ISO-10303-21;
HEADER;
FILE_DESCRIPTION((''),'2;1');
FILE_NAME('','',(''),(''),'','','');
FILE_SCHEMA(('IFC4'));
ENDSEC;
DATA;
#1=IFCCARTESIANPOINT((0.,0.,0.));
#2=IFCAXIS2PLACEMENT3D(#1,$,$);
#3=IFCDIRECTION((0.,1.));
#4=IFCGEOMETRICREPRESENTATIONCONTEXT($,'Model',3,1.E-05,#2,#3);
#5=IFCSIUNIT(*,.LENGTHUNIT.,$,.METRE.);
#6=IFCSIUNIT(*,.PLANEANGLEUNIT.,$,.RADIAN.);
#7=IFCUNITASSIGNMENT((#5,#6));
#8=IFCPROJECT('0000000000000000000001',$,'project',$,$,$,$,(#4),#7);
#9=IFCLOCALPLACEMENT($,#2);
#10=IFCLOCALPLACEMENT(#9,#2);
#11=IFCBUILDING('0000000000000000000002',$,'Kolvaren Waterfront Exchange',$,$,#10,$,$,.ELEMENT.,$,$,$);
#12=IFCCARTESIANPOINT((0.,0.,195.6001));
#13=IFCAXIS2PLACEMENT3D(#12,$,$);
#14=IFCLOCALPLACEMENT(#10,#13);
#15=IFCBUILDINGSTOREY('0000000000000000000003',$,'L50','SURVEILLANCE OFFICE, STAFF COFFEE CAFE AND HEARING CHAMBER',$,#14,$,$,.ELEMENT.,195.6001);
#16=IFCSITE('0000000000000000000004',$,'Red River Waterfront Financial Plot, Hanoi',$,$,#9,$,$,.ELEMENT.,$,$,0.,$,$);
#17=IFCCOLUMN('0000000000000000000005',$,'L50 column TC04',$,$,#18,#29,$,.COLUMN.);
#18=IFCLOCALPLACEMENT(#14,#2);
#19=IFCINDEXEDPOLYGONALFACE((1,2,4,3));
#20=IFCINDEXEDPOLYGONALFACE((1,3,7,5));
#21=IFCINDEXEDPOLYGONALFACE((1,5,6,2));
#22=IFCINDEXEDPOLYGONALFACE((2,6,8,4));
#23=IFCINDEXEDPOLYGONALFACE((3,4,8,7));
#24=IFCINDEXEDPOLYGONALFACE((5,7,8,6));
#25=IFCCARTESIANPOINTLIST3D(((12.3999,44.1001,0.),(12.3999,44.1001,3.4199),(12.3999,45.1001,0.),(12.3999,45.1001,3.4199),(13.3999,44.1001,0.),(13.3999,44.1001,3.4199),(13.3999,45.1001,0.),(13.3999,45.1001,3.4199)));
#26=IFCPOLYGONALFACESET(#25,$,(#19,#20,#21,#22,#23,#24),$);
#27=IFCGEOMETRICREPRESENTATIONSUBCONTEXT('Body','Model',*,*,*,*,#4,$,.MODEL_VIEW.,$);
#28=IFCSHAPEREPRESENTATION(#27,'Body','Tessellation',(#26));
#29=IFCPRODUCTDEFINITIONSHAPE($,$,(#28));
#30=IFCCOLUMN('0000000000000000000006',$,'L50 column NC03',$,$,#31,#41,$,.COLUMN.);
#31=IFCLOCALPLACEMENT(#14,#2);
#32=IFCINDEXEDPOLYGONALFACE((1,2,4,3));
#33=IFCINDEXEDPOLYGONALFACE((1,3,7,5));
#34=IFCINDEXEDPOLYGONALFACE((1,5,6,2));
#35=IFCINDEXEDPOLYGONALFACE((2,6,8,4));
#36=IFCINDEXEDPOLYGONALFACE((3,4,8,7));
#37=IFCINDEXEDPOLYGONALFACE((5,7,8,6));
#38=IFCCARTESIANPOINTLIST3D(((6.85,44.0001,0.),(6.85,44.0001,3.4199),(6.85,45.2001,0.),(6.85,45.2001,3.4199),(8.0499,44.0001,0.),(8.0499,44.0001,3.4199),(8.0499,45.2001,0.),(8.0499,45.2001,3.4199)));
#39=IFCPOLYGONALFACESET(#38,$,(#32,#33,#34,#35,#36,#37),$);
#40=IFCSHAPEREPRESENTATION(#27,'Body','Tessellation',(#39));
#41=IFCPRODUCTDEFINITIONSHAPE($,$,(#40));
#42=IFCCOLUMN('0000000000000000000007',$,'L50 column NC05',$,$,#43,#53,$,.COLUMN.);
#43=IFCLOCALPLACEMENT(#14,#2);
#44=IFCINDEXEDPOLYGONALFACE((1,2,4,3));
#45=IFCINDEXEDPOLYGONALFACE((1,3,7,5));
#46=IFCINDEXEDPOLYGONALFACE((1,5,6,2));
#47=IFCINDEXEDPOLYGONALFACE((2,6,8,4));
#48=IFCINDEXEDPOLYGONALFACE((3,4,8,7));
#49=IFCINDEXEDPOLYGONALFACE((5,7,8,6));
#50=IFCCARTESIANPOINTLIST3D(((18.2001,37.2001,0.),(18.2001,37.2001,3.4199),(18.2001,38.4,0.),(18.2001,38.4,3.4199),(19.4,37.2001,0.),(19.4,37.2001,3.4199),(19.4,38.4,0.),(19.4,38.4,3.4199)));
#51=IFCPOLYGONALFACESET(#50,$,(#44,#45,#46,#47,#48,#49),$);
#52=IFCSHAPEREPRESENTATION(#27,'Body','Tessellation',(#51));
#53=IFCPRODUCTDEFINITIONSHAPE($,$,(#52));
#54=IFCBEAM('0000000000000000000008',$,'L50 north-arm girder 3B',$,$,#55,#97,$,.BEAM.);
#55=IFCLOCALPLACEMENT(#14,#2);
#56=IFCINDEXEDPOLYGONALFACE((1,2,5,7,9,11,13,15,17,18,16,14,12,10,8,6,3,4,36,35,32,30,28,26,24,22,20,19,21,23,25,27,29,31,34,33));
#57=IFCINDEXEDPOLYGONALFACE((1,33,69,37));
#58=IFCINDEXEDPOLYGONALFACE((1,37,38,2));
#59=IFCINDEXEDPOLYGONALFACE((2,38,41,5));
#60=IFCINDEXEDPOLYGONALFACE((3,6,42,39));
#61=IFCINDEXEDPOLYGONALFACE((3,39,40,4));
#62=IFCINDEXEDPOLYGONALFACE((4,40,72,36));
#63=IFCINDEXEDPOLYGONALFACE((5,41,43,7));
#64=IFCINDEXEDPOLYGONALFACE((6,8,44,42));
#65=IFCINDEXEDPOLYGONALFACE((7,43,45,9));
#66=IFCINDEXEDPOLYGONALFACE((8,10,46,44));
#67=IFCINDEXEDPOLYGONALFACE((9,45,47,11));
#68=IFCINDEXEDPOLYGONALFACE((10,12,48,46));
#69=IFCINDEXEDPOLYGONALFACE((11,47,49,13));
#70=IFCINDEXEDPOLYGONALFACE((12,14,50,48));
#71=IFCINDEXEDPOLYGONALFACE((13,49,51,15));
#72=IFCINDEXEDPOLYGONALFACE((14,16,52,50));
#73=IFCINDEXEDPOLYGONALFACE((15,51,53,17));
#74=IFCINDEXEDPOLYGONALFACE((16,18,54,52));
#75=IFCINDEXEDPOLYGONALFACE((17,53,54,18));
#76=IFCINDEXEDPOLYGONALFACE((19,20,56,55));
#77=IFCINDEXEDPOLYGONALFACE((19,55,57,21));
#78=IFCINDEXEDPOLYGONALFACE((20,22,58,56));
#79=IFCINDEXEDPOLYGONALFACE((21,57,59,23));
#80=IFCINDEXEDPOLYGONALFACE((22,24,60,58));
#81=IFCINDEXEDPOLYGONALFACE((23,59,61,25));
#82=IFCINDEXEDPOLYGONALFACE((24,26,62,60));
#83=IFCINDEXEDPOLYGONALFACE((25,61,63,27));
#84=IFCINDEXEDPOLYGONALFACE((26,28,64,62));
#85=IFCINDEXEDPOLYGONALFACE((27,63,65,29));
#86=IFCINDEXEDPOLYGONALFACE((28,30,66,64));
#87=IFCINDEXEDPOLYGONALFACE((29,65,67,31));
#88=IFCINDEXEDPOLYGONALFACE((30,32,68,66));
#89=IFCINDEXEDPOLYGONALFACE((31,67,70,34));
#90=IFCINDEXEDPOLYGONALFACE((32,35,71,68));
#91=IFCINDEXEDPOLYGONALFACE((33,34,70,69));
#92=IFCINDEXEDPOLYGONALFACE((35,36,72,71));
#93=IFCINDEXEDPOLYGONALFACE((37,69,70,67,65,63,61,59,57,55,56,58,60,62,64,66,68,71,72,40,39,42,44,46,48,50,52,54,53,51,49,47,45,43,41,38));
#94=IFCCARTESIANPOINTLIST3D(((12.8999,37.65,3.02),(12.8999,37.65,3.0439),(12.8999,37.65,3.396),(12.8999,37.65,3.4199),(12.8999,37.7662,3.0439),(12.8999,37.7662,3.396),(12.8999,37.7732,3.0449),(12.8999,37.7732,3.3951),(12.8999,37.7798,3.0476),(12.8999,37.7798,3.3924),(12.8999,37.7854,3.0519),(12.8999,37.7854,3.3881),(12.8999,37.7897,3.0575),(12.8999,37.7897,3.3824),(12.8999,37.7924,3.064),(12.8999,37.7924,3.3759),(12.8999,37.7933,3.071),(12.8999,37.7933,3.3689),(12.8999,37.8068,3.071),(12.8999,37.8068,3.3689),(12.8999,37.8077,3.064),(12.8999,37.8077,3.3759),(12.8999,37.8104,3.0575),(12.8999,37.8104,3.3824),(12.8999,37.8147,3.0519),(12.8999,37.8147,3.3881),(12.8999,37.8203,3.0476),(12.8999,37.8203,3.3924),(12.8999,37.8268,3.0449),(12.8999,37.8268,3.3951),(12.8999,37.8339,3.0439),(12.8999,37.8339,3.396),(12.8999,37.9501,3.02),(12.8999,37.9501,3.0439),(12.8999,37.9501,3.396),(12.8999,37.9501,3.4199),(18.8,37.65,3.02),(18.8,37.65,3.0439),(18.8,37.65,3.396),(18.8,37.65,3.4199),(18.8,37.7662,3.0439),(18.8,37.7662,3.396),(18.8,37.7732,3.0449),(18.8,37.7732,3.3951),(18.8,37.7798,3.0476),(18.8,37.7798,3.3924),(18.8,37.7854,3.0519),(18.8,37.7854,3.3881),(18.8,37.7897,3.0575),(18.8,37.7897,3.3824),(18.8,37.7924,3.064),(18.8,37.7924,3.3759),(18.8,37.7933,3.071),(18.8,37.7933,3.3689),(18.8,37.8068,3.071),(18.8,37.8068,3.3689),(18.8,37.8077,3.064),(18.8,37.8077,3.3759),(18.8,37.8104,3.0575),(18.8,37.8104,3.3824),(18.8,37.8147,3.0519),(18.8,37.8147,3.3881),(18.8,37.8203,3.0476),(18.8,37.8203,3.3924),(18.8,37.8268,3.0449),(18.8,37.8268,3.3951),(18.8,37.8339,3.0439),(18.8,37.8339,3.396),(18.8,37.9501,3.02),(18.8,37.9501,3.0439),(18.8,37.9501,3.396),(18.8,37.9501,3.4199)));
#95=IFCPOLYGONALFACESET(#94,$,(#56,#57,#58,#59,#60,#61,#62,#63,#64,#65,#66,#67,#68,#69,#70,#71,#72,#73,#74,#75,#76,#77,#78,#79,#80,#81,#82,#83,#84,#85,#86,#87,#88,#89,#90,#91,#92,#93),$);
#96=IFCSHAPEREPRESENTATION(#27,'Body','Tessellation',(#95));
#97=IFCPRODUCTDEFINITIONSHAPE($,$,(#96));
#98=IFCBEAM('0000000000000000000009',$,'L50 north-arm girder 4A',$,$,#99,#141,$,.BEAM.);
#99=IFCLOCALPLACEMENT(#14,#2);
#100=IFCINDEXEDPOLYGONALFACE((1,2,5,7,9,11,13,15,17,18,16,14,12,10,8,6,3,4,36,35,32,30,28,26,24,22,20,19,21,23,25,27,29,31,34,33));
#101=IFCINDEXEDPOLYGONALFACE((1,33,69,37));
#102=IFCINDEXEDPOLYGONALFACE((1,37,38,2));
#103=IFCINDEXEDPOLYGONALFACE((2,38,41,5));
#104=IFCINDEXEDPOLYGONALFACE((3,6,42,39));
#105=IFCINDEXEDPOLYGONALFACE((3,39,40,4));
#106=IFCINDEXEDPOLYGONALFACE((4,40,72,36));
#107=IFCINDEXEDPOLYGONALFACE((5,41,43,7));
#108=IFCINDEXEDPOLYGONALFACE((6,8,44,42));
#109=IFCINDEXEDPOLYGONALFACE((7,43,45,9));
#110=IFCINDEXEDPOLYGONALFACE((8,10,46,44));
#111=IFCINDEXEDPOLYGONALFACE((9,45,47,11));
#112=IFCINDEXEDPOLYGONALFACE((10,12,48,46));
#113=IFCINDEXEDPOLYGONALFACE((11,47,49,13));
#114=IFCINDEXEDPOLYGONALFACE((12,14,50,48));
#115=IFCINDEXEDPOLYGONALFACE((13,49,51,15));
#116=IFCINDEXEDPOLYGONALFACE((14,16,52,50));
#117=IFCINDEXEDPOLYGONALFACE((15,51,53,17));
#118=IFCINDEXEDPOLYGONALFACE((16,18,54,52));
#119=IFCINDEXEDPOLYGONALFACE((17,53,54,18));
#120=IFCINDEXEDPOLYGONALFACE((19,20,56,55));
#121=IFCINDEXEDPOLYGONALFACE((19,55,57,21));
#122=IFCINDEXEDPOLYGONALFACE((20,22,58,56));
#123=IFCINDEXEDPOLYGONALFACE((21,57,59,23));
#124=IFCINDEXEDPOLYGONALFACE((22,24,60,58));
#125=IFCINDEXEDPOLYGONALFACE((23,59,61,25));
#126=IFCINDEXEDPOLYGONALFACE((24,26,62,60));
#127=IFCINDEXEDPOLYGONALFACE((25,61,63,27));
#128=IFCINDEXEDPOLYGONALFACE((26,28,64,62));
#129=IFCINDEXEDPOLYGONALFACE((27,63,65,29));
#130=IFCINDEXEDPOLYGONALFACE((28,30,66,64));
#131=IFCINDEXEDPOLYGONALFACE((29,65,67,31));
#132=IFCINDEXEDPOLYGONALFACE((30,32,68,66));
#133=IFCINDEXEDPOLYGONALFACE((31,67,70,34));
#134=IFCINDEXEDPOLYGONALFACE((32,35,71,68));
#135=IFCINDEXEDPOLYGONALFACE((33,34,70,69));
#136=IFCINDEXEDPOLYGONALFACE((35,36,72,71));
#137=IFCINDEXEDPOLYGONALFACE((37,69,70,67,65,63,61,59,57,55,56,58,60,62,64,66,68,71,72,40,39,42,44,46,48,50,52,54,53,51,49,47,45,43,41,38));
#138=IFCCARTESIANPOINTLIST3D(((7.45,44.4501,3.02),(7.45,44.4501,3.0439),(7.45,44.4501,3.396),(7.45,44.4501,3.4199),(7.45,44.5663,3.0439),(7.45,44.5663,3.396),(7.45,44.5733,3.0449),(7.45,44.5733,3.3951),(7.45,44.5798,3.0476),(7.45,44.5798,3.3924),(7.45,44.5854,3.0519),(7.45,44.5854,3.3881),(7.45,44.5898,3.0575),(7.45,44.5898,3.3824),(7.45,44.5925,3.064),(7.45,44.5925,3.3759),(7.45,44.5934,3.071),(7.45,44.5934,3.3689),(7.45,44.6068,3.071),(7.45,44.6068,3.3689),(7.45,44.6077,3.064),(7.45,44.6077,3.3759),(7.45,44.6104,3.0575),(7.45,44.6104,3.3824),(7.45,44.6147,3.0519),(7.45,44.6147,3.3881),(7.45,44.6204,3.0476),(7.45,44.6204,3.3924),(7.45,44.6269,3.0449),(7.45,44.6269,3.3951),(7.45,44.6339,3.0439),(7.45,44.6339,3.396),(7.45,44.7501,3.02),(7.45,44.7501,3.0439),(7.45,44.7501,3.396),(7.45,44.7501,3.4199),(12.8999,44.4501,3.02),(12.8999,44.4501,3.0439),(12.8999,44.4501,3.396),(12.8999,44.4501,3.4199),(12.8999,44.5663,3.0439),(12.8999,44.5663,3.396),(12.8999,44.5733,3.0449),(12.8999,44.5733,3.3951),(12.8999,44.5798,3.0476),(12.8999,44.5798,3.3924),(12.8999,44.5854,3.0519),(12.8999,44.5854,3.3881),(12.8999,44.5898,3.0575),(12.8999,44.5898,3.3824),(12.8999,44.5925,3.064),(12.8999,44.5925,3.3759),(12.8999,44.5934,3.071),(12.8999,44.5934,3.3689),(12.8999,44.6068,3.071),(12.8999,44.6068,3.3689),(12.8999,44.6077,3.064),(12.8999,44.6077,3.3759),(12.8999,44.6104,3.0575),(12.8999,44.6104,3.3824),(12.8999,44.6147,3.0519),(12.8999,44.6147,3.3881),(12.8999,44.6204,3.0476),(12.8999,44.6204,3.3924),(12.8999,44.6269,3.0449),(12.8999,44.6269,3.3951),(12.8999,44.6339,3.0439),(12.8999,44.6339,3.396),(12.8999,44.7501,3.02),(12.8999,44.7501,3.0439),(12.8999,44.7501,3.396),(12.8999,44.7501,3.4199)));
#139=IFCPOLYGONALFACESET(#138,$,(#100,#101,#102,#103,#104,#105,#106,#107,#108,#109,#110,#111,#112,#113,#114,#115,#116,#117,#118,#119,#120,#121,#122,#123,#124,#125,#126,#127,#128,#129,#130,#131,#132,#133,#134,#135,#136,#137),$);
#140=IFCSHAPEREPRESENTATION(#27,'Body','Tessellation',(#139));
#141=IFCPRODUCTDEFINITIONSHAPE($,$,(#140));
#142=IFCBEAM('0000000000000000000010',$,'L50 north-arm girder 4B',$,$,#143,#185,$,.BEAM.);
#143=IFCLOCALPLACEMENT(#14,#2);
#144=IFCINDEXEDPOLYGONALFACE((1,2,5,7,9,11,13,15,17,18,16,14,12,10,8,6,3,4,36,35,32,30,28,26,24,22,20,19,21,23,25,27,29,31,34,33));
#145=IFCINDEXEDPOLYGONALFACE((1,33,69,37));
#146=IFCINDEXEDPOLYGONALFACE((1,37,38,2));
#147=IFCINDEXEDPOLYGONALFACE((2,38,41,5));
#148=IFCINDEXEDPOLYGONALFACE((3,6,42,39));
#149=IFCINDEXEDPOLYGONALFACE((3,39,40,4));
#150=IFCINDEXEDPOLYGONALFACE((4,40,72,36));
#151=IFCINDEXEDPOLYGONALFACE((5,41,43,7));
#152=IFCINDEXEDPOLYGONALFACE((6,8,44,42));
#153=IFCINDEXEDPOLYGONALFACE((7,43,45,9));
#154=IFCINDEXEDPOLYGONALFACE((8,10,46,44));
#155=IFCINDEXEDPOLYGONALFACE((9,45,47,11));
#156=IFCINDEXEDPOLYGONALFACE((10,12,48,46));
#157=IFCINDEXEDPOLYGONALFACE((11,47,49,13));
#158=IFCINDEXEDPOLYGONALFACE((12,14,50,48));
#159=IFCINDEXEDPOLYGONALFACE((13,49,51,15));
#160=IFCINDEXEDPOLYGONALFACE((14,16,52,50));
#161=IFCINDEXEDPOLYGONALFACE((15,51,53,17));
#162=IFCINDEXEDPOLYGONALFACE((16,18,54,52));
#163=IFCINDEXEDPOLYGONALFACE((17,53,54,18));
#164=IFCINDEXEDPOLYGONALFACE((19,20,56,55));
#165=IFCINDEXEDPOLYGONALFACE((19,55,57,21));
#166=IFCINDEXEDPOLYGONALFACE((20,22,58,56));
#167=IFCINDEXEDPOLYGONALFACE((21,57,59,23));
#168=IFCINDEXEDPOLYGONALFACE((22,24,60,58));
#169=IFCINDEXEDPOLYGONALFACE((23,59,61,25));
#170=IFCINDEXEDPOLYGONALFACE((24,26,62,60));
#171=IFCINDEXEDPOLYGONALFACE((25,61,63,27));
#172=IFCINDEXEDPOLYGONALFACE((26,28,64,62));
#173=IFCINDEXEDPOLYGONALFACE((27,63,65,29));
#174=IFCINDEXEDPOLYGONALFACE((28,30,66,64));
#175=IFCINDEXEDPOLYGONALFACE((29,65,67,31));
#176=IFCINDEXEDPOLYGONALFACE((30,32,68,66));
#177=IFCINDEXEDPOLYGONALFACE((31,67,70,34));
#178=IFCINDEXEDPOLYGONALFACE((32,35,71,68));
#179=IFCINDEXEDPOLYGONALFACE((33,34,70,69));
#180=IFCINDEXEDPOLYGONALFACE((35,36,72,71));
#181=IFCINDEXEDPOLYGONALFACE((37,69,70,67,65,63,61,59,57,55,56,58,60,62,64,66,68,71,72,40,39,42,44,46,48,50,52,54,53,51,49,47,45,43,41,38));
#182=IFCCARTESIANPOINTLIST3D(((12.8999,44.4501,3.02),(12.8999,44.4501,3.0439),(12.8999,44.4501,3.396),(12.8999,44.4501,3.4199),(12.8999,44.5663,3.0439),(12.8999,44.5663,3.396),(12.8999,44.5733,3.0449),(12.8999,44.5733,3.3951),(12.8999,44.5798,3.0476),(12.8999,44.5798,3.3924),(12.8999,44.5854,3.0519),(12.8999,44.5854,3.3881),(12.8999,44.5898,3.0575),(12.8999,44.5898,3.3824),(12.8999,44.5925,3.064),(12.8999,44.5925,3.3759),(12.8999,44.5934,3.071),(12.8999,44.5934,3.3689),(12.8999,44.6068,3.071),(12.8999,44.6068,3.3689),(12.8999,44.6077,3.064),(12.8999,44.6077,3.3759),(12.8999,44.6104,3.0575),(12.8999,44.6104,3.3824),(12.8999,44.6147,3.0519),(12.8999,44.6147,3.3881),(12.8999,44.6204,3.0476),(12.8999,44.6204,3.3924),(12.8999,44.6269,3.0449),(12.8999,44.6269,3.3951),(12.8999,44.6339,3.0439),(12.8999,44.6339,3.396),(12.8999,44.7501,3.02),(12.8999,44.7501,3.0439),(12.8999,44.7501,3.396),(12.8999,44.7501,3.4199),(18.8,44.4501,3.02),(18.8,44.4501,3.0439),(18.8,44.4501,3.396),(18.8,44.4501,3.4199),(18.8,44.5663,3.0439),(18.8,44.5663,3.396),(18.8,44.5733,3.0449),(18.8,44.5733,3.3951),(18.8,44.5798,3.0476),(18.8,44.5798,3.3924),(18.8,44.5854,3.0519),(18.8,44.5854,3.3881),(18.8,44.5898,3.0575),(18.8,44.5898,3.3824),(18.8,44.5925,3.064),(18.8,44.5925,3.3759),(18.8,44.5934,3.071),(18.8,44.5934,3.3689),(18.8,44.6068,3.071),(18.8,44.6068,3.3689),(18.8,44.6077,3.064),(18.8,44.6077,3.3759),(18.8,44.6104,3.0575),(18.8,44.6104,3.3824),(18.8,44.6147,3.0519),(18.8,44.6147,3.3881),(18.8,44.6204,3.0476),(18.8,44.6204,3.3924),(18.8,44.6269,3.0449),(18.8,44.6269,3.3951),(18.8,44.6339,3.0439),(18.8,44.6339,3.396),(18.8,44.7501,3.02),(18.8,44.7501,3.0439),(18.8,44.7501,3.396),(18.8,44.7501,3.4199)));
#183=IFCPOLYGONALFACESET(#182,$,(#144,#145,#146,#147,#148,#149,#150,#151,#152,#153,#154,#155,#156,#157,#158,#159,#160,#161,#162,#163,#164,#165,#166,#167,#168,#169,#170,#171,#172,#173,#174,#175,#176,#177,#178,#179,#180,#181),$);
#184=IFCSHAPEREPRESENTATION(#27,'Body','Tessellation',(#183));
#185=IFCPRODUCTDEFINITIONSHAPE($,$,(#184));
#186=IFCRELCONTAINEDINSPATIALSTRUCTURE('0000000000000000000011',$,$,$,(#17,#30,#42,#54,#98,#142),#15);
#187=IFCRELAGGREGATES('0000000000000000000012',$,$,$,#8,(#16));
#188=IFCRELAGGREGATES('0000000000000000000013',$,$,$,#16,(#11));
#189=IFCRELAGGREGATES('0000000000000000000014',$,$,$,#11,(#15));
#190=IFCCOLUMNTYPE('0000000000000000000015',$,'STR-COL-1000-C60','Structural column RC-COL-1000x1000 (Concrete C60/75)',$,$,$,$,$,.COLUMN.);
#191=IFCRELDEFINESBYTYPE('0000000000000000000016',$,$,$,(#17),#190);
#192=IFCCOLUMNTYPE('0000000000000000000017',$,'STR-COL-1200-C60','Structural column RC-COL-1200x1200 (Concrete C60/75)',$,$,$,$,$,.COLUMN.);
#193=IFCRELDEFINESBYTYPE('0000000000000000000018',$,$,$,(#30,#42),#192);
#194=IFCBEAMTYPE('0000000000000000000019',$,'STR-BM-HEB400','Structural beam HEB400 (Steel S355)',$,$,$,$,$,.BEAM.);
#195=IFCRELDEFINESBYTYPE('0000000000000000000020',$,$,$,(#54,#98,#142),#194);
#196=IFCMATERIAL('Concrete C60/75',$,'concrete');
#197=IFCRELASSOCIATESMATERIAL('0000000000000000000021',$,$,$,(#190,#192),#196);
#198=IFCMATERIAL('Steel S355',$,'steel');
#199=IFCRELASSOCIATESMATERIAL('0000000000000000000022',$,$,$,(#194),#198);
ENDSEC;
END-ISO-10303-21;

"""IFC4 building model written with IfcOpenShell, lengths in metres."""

from ifc_helpers import new_model, si_unit, direction, frame, origin, origin_2d, place, context, subcontext, project, spatial, rectangle, i_section, extrude, material, material_profile, profile_set, type_object, element, save


model = new_model("IFC4")

# Units and contexts
model_context = context("Model", 3, precision=1e-05, world=origin(), true_north=direction((0.0, 1.0)))
body_context = subcontext(model_context, "Body", "Model", "MODEL_VIEW")
ifc_project = project(units=[si_unit("LENGTHUNIT", "METRE"), si_unit("PLANEANGLEUNIT", "RADIAN")], contexts=[model_context])

# Site, building, storey
site_placement = place(None, origin())
site = spatial("IfcSite", under=ifc_project, at=site_placement, Name="Red River Waterfront Financial Plot, Hanoi", CompositionType="ELEMENT", RefElevation=0.0)
building_placement = place(site_placement, origin())
building = spatial("IfcBuilding", under=site, at=building_placement, Name="Kolvaren Waterfront Exchange", CompositionType="ELEMENT")
storey_placement = place(building_placement, frame((0.0, 0.0, 195.6001)))
storey = spatial("IfcBuildingStorey", under=building, at=storey_placement, Name="L50", Description="SURVEILLANCE OFFICE, STAFF COFFEE CAFE AND HEARING CHAMBER", CompositionType="ELEMENT", Elevation=195.6001)

# Columns
ifc_material_1 = material(Name="Concrete C60/75", Category="concrete")
ifc_material_profile_1 = material_profile(ifc_material_1, rectangle(XDim=1.0, YDim=1.0, at=origin_2d()), Name="RC-COL-1000x1000")
ifc_profile_set_1 = profile_set([ifc_material_profile_1], Name="Concrete C60/75")
column_type_1 = type_object("IfcColumnType", Name="STR-COL-1000-C60", Description="Structural column RC-COL-1000x1000 (Concrete C60/75)", PredefinedType="COLUMN", material=ifc_profile_set_1)
column_placement = place(storey_placement, frame((12.8999, 44.6001, 0.0), z_axis=(0.0, 0.0, 1.0), x_axis=(1.0, 0.0, 0.0)))
element("IfcColumn", 1, at=column_placement, inside=storey, type_object=column_type_1, Name="L50 column TC04", PredefinedType="COLUMN", context=body_context, shape_type="SweptSolid", body=[
    extrude(rectangle(XDim=1.0, YDim=1.0, at=origin_2d()), origin(), (0.0, 0.0, 1.0), 3.4199),
])
ifc_material_profile_2 = material_profile(ifc_material_1, rectangle(XDim=1.2, YDim=1.2, at=origin_2d()), Name="RC-COL-1200x1200")
ifc_profile_set_2 = profile_set([ifc_material_profile_2], Name="Concrete C60/75")
column_type_2 = type_object("IfcColumnType", Name="STR-COL-1200-C60", Description="Structural column RC-COL-1200x1200 (Concrete C60/75)", PredefinedType="COLUMN", material=ifc_profile_set_2)
for number, where, z_axis, x_axis, name in (
    (2, (7.45, 44.6001, 0.0), (0.0, 0.0, 1.0), (1.0, 0.0, 0.0), "L50 column NC03"),
    (3, (18.8, 37.8, 0.0), (0.0, 0.0, 1.0), (1.0, 0.0, 0.0), "L50 column NC05"),
):
    element("IfcColumn", number, at=place(storey_placement, frame(where, z_axis=z_axis, x_axis=x_axis)), inside=storey, type_object=column_type_2, Name=name, PredefinedType="COLUMN", context=body_context, shape_type="SweptSolid", body=[
        extrude(rectangle(XDim=1.2, YDim=1.2, at=origin_2d()), origin(), (0.0, 0.0, 1.0), 3.4199),
    ])

# Beams
ifc_material_2 = material(Name="Steel S355", Category="steel")
ifc_material_profile_3 = material_profile(ifc_material_2, i_section(OverallWidth=0.3, OverallDepth=0.3999, WebThickness=0.0134, FlangeThickness=0.0239, FilletRadius=0.0271, at=origin_2d()), Name="HEB400")
ifc_profile_set_3 = profile_set([ifc_material_profile_3], Name="Steel S355")
beam_type_1 = type_object("IfcBeamType", Name="STR-BM-HEB400", Description="Structural beam HEB400 (Steel S355)", PredefinedType="BEAM", material=ifc_profile_set_3)
beam_1_placement = place(storey_placement, frame((12.8999, 37.8, 3.22), z_axis=(1.0, 0.0, 0.0), x_axis=(0.0, 1.0, 0.0)))
element("IfcBeam", 4, at=beam_1_placement, inside=storey, type_object=beam_type_1, Name="L50 north-arm girder 3B", PredefinedType="BEAM", context=body_context, shape_type="SweptSolid", body=[
    extrude(i_section(OverallWidth=0.3, OverallDepth=0.3999, WebThickness=0.0134, FlangeThickness=0.0239, FilletRadius=0.0271, at=origin_2d()), origin(), (0.0, 0.0, 1.0), 5.9001),
])
beam_2_placement = place(storey_placement, frame((7.45, 44.6001, 3.22), z_axis=(1.0, 0.0, 0.0), x_axis=(0.0, 1.0, 0.0)))
element("IfcBeam", 5, at=beam_2_placement, inside=storey, type_object=beam_type_1, Name="L50 north-arm girder 4A", PredefinedType="BEAM", context=body_context, shape_type="SweptSolid", body=[
    extrude(i_section(OverallWidth=0.3, OverallDepth=0.3999, WebThickness=0.0134, FlangeThickness=0.0239, FilletRadius=0.0271, at=origin_2d()), origin(), (0.0, 0.0, 1.0), 5.45),
])
beam_3_placement = place(storey_placement, frame((12.8999, 44.6001, 3.22), z_axis=(1.0, 0.0, 0.0), x_axis=(0.0, 1.0, 0.0)))
element("IfcBeam", 6, at=beam_3_placement, inside=storey, type_object=beam_type_1, Name="L50 north-arm girder 4B", PredefinedType="BEAM", context=body_context, shape_type="SweptSolid", body=[
    extrude(i_section(OverallWidth=0.3, OverallDepth=0.3999, WebThickness=0.0134, FlangeThickness=0.0239, FilletRadius=0.0271, at=origin_2d()), origin(), (0.0, 0.0, 1.0), 5.9001),
])

save(model, "model.ifc")
